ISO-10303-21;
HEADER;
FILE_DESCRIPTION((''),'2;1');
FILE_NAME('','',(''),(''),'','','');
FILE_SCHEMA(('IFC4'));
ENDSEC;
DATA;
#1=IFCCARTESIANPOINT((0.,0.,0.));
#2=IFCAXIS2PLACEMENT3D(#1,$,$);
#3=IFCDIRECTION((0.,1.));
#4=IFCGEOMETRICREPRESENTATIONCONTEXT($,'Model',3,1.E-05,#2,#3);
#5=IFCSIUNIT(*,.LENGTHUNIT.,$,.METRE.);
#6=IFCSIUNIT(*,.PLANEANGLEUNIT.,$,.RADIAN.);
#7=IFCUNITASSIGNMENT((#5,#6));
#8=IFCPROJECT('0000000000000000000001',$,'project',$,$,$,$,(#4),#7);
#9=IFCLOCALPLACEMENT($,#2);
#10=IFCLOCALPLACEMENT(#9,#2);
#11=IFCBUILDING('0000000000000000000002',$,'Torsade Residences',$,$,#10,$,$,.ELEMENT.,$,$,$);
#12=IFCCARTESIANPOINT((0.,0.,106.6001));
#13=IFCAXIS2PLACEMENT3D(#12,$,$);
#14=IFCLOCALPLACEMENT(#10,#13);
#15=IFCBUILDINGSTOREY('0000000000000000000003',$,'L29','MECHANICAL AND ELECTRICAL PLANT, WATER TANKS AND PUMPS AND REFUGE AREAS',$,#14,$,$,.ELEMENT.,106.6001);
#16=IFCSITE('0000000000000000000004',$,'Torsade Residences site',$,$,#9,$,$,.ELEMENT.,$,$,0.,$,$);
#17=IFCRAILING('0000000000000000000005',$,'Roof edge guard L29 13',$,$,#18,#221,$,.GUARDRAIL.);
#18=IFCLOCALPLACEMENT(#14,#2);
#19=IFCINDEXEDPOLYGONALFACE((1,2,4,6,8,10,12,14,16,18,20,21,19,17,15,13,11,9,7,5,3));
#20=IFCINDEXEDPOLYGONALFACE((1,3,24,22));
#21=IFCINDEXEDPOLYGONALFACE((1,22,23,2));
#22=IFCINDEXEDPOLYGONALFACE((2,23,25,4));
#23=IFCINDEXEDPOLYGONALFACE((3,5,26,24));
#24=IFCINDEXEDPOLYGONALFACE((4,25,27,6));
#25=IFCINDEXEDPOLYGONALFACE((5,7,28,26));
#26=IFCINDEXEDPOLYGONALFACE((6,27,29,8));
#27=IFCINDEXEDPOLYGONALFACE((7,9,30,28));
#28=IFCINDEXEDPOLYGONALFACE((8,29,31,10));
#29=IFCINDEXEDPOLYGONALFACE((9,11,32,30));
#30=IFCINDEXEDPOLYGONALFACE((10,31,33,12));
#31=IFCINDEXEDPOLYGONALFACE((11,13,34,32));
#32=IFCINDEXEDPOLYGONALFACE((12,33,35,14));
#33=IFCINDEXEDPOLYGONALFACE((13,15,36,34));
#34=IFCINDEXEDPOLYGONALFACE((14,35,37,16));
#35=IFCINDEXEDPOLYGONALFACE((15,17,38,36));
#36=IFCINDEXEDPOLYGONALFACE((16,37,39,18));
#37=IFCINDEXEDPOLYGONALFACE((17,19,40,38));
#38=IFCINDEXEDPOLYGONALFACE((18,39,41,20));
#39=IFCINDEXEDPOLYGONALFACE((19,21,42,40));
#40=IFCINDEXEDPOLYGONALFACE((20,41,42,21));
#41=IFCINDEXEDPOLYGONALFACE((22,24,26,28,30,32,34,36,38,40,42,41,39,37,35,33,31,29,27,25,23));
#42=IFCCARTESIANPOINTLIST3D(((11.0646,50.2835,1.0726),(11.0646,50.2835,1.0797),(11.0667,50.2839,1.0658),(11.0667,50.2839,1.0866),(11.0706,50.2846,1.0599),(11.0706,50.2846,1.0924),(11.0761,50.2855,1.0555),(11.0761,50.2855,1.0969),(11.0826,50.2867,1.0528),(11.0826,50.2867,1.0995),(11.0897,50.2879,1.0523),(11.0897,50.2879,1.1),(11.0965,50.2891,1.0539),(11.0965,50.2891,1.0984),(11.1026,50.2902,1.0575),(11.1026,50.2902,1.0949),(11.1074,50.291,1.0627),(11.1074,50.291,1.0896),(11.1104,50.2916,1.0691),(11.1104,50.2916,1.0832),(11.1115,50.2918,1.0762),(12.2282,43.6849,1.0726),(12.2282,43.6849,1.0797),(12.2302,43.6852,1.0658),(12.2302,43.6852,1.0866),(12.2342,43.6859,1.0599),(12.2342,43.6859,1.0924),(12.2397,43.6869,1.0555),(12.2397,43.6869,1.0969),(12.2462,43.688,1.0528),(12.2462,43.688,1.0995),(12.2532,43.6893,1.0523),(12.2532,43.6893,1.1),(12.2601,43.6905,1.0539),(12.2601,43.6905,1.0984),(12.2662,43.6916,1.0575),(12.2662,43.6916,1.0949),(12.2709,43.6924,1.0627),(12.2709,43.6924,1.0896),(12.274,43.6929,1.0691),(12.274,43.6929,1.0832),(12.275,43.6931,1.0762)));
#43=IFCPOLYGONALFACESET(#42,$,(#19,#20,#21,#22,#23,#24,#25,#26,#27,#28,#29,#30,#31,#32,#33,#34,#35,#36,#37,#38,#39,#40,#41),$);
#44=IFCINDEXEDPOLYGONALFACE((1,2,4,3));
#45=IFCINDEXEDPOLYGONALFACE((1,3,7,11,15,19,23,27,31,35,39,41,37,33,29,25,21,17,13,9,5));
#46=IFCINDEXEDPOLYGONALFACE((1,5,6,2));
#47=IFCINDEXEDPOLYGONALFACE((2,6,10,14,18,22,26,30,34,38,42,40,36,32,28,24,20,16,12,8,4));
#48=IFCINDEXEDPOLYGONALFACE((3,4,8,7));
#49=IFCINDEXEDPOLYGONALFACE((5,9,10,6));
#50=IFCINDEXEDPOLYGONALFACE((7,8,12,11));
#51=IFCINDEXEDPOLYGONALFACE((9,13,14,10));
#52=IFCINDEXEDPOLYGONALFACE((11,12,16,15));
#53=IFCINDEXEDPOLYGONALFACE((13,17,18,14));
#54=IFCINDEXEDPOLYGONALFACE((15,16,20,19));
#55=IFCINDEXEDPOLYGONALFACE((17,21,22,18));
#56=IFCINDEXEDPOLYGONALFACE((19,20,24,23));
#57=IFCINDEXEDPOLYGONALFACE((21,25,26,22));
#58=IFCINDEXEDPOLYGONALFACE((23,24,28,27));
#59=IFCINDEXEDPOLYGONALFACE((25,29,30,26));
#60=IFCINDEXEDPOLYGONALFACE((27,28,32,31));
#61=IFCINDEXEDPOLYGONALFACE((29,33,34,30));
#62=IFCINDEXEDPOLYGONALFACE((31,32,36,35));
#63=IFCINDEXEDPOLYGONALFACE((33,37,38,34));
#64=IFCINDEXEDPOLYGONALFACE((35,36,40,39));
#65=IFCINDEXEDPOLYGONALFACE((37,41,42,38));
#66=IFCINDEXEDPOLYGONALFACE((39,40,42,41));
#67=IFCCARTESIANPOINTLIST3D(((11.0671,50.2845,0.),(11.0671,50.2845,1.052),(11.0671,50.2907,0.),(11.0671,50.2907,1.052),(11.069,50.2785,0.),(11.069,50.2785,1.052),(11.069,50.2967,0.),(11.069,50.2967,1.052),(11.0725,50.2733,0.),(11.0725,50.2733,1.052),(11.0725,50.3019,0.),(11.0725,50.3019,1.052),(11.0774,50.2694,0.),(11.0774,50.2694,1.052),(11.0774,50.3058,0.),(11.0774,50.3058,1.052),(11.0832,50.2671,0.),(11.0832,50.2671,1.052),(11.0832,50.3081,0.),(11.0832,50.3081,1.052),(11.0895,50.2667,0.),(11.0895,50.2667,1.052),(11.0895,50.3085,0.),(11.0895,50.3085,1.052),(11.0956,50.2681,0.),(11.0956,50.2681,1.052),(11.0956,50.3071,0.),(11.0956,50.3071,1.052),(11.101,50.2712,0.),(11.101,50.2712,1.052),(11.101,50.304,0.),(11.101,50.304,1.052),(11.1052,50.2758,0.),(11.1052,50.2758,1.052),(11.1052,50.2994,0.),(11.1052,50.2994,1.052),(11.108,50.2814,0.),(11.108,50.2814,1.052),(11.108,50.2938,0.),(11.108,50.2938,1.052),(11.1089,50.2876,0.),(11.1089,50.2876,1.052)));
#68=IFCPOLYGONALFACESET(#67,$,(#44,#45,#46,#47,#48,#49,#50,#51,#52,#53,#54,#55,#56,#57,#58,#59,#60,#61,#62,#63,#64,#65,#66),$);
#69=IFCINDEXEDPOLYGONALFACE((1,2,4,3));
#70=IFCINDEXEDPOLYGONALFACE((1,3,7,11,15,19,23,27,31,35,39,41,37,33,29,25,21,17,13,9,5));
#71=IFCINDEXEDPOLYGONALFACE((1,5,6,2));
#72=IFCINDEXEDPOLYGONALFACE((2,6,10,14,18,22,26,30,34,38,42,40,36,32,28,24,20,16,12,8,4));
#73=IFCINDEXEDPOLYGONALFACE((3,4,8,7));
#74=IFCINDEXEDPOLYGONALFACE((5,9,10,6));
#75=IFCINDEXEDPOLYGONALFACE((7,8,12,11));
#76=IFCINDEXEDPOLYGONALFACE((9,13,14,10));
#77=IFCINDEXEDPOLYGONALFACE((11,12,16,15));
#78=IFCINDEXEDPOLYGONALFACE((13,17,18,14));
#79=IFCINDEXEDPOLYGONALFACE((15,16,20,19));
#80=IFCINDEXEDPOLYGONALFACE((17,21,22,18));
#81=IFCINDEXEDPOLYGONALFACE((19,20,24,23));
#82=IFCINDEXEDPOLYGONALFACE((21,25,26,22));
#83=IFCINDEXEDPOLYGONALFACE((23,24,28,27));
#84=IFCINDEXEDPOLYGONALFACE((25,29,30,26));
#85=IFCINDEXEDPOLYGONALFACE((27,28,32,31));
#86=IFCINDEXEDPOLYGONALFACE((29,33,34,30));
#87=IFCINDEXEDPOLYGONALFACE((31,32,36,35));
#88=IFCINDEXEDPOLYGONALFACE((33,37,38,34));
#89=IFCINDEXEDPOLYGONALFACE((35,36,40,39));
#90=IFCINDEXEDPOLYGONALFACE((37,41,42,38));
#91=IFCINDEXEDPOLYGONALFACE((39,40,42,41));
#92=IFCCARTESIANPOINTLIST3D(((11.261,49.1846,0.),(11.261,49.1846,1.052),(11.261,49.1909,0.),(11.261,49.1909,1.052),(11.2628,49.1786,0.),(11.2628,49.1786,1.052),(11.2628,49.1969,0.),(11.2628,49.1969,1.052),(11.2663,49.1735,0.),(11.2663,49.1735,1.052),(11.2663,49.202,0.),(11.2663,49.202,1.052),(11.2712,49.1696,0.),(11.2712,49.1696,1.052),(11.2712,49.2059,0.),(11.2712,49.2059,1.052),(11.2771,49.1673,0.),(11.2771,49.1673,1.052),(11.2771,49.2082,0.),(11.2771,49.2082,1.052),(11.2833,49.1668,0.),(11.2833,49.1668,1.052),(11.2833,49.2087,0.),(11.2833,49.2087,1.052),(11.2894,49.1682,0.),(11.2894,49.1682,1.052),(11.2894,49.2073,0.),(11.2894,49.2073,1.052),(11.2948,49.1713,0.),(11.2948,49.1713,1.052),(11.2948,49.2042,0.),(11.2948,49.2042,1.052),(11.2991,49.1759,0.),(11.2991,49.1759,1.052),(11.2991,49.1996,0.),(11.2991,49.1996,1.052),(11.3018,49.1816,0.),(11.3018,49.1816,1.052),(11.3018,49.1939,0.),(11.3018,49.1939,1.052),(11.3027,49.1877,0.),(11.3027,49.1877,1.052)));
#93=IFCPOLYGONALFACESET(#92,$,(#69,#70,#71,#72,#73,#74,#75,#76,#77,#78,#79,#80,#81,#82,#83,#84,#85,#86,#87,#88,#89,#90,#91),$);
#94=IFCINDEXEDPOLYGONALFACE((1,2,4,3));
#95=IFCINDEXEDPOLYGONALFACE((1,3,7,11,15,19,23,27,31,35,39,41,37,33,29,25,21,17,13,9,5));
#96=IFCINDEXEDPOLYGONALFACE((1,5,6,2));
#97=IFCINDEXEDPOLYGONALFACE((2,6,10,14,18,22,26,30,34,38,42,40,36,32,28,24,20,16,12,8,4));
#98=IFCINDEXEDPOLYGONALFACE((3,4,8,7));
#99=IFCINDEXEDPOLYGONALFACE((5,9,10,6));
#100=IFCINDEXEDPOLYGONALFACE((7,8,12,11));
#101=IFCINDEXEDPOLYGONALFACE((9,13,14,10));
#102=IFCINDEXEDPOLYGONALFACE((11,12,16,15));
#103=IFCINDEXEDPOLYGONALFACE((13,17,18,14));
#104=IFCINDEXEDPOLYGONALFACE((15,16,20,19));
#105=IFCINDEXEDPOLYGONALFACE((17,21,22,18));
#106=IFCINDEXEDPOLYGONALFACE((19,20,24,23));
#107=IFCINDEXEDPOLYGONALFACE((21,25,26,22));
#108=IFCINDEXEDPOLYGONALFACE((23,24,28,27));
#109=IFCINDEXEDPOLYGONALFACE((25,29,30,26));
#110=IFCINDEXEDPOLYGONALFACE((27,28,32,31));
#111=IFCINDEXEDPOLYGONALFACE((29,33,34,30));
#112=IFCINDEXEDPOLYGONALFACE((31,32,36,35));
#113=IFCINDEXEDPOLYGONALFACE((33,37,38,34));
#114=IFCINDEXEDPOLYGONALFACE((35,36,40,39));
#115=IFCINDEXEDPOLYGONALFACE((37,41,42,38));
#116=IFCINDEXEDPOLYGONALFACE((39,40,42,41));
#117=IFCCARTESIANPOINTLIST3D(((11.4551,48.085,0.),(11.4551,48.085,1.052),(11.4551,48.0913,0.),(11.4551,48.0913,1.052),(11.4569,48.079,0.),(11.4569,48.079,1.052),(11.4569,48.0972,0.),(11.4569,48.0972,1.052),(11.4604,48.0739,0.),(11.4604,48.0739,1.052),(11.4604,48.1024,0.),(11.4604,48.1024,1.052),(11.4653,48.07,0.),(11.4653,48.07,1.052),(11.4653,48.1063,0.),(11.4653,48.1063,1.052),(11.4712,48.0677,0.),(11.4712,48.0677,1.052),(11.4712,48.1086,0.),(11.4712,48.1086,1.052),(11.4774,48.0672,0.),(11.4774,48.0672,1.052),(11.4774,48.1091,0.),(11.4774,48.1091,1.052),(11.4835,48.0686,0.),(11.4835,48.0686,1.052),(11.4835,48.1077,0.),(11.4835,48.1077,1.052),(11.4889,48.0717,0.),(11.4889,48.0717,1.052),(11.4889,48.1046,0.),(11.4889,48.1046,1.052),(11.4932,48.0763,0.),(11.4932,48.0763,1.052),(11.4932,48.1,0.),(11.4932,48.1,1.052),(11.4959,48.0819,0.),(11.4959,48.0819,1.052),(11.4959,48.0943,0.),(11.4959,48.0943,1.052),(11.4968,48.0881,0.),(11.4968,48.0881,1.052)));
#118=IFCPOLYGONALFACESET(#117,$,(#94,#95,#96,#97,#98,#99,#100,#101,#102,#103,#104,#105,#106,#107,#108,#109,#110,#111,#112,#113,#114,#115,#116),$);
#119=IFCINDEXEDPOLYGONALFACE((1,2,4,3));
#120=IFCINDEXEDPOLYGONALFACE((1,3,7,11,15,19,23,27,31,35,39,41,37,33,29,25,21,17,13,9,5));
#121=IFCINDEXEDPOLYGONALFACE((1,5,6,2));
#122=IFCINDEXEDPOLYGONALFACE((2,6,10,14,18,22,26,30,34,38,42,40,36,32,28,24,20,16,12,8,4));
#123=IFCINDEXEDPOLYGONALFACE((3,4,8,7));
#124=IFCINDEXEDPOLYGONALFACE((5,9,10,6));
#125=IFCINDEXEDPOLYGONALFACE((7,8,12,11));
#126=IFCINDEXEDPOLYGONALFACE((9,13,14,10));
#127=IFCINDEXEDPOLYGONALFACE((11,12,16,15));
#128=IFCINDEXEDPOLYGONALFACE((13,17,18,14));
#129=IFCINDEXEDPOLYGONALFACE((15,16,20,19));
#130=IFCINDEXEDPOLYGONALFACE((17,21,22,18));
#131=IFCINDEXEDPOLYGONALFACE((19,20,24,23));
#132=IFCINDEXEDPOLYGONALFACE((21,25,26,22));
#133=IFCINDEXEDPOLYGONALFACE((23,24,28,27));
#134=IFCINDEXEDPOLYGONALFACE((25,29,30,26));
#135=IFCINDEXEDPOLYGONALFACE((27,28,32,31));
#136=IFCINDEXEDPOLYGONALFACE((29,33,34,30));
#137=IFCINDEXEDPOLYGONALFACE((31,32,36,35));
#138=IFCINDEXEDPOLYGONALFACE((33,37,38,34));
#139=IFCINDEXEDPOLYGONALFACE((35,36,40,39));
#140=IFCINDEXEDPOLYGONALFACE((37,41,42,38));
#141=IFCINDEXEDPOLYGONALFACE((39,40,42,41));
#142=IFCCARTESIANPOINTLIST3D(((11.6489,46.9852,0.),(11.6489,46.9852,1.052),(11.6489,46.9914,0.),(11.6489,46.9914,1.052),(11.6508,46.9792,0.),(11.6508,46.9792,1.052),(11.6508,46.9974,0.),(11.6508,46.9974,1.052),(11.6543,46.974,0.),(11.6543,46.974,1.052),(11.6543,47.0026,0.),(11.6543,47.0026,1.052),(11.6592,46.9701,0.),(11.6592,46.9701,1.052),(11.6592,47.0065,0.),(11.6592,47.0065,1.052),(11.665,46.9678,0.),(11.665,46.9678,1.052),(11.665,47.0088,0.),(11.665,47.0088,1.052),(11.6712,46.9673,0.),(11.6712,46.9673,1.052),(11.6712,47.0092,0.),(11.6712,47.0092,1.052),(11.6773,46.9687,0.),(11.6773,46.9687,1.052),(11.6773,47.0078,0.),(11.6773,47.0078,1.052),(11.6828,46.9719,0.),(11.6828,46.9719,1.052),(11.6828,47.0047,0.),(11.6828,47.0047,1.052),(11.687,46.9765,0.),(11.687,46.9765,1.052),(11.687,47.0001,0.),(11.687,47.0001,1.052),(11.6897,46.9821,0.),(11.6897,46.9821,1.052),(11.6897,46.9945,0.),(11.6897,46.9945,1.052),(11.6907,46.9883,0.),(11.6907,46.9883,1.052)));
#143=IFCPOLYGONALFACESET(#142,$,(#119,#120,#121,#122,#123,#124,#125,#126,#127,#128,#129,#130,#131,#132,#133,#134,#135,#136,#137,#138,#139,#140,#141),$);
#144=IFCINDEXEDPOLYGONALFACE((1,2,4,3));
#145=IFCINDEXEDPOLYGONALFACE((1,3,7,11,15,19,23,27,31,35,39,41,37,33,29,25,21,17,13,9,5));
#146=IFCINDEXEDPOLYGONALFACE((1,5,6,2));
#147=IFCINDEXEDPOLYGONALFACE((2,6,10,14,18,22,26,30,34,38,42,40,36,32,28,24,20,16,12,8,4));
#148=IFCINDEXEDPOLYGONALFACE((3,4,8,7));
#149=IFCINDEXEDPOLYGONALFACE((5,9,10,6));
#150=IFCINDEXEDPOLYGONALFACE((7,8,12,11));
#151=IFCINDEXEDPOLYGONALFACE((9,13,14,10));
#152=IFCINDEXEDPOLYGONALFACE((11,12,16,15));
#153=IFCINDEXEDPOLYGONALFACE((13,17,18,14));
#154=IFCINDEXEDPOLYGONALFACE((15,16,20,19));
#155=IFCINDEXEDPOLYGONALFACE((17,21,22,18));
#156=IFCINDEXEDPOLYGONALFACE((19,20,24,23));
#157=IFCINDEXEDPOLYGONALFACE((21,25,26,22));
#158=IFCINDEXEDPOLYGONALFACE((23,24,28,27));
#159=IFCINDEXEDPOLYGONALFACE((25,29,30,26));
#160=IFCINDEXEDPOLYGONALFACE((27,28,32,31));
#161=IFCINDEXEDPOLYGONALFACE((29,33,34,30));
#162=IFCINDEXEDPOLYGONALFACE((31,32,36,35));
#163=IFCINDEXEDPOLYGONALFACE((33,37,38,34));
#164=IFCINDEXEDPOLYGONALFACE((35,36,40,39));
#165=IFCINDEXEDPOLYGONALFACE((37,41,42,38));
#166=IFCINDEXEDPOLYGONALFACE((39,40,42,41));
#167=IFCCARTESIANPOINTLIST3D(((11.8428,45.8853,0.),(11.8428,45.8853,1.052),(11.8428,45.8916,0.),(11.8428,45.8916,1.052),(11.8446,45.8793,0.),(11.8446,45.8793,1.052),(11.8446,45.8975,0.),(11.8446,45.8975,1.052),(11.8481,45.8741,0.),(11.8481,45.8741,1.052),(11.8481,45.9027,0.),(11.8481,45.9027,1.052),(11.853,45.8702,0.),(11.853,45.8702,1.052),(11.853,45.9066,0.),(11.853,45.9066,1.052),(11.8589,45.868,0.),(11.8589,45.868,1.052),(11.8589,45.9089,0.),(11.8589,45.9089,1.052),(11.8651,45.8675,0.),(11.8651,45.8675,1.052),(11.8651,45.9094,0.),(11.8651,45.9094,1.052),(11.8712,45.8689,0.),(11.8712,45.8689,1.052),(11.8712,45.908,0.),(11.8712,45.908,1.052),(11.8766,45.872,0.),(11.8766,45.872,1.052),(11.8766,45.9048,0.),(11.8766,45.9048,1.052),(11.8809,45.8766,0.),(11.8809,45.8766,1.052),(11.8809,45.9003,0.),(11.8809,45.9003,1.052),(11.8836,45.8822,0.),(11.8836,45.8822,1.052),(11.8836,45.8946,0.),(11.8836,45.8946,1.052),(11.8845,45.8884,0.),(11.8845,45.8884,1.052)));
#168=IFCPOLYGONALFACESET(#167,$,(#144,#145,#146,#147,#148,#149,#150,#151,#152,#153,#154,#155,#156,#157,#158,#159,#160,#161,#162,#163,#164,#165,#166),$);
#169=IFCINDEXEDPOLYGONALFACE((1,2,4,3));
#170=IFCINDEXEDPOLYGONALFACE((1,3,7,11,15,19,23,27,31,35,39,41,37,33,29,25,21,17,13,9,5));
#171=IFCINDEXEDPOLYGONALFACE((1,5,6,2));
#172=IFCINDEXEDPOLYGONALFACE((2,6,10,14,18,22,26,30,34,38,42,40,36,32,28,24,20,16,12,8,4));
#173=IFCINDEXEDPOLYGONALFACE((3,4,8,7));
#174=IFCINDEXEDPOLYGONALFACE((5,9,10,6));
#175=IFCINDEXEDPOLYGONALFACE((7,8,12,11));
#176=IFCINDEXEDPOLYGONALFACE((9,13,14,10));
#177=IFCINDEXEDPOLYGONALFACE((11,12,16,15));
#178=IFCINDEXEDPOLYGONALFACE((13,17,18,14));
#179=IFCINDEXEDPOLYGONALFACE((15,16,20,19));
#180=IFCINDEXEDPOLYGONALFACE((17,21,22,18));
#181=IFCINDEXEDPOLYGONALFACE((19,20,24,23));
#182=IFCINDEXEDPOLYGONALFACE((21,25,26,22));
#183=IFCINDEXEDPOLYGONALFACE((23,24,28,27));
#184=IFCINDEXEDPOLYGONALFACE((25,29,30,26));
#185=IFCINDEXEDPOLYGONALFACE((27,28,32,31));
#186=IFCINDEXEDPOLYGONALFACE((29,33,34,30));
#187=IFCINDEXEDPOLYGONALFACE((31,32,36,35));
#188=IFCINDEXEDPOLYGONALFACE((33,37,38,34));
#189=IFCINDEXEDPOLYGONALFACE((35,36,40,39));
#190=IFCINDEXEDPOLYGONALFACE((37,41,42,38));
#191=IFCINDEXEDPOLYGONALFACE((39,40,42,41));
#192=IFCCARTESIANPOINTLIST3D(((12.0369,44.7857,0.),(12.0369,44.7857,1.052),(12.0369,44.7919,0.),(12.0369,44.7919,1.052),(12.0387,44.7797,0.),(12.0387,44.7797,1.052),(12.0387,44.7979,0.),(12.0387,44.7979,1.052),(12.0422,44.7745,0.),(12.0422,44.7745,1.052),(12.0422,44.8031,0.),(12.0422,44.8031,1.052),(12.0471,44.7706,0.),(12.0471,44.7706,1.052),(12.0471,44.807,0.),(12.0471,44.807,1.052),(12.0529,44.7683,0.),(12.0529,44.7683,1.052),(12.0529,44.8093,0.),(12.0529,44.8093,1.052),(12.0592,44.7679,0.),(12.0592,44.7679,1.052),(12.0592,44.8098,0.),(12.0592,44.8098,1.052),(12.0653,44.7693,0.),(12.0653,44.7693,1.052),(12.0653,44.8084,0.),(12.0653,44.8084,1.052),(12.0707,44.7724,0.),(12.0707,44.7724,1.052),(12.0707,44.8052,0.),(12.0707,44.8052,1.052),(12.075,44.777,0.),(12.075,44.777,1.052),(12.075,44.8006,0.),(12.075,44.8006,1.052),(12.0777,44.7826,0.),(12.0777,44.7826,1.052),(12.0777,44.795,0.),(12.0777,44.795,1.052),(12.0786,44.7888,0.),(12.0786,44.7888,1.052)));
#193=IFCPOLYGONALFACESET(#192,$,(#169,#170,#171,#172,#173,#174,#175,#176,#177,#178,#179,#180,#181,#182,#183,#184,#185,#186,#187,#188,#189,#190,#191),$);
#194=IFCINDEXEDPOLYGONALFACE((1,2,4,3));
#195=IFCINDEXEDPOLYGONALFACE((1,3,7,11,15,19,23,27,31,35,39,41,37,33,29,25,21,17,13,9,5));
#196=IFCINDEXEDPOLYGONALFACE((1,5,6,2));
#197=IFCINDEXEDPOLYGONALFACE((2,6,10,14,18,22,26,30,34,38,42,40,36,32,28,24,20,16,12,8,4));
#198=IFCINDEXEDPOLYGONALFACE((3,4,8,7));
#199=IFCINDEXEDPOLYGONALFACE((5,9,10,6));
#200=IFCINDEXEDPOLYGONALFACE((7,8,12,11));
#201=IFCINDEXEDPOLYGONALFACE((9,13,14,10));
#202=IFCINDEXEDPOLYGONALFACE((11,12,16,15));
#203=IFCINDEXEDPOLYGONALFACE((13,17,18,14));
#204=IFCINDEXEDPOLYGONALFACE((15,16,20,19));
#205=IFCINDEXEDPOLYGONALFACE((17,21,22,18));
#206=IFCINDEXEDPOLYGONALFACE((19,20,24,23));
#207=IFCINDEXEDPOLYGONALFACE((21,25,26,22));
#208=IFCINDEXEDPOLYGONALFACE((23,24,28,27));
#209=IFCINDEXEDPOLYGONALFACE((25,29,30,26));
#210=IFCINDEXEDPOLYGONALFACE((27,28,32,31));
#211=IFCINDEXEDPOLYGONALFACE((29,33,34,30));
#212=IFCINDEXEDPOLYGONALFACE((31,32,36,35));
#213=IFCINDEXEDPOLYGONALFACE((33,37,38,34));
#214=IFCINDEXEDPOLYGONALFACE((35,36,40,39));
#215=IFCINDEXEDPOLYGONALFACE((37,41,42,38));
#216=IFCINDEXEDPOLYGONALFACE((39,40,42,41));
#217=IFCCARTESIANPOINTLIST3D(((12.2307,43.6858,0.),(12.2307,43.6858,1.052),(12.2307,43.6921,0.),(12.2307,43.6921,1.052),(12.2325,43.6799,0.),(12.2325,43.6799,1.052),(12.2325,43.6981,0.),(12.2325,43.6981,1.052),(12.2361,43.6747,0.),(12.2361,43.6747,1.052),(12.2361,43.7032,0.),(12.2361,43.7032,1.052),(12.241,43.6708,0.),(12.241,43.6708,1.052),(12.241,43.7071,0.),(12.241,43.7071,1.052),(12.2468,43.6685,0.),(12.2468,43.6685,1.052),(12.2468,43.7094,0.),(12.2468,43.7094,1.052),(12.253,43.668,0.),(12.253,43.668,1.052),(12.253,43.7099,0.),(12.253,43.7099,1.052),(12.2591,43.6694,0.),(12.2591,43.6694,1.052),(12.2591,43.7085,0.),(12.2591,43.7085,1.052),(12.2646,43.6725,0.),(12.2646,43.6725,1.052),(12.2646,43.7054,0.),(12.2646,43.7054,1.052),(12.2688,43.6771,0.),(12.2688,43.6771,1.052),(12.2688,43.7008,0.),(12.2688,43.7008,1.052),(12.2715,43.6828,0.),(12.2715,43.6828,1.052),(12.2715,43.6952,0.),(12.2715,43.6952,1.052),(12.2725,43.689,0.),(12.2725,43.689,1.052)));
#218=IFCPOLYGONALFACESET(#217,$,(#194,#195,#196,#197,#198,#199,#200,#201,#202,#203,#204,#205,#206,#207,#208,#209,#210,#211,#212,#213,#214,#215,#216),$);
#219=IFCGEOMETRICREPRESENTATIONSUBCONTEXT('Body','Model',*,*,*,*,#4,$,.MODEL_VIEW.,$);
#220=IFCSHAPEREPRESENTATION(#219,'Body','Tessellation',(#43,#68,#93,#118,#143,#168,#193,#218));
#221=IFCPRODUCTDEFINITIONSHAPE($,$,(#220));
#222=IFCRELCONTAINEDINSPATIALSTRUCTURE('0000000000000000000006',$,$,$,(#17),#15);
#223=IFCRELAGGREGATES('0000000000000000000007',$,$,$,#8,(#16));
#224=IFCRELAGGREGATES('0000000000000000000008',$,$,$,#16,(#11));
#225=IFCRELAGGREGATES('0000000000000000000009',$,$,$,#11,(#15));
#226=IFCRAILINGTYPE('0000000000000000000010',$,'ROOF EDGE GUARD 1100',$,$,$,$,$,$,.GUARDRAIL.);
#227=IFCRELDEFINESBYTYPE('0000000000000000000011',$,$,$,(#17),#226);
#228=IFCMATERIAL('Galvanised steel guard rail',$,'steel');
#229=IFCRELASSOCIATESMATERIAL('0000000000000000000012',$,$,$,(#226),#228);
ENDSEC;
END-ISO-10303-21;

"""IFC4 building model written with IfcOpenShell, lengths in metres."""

from ifc_helpers import new_model, si_unit, direction, frame, origin, origin_2d, place, context, subcontext, project, spatial, circle, extrude, material, type_object, element, save


model = new_model("IFC4")

# Units and contexts
model_context = context("Model", 3, precision=1e-05, world=origin(), true_north=direction((0.0, 1.0)))
body_context = subcontext(model_context, "Body", "Model", "MODEL_VIEW")
ifc_project = project(units=[si_unit("LENGTHUNIT", "METRE"), si_unit("PLANEANGLEUNIT", "RADIAN")], contexts=[model_context])

# Site, building, storey
site_placement = place(None, origin())
site = spatial("IfcSite", under=ifc_project, at=site_placement, Name="Torsade Residences site", CompositionType="ELEMENT", RefElevation=0.0)
building_placement = place(site_placement, origin())
building = spatial("IfcBuilding", under=site, at=building_placement, Name="Torsade Residences", CompositionType="ELEMENT")
storey_placement = place(building_placement, frame((0.0, 0.0, 106.6001)))
storey = spatial("IfcBuildingStorey", under=building, at=storey_placement, Name="L29", Description="MECHANICAL AND ELECTRICAL PLANT, WATER TANKS AND PUMPS AND REFUGE AREAS", CompositionType="ELEMENT", Elevation=106.6001)

# Railing
ifc_material_1 = material(Name="Galvanised steel guard rail", Category="steel")
railing_type = type_object("IfcRailingType", Name="ROOF EDGE GUARD 1100", PredefinedType="GUARDRAIL", material=ifc_material_1)
railing_1_placement = place(storey_placement, frame((11.0879, 50.2876, 0.0)))
element("IfcRailing", 1, at=railing_1_placement, inside=storey, type_object=railing_type, Name="Roof edge guard L29 13", PredefinedType="GUARDRAIL", context=body_context, shape_type="SweptSolid", body=[
    extrude(circle(Radius=0.0239, at=origin_2d()), frame((0.0, 0.0, 1.0762), z_axis=(0.173656, -0.984806, 0.0), x_axis=(0.984806, 0.173656, 0.0)), (0.0, 0.0, 1.0), 6.7004),
    extrude(circle(Radius=0.021, at=origin_2d()), origin(), (0.0, 0.0, 1.0), 1.052),
    extrude(circle(Radius=0.021, at=origin_2d()), frame((0.1938, -1.0999, 0.0)), (0.0, 0.0, 1.0), 1.052),
    extrude(circle(Radius=0.021, at=origin_2d()), frame((0.3879, -2.1995, 0.0)), (0.0, 0.0, 1.0), 1.052),
    extrude(circle(Radius=0.021, at=origin_2d()), frame((0.5818, -3.2993, 0.0)), (0.0, 0.0, 1.0), 1.052),
    extrude(circle(Radius=0.021, at=origin_2d()), frame((0.7756, -4.3992, 0.0)), (0.0, 0.0, 1.0), 1.052),
    extrude(circle(Radius=0.021, at=origin_2d()), frame((0.9697, -5.4988, 0.0)), (0.0, 0.0, 1.0), 1.052),
    extrude(circle(Radius=0.021, at=origin_2d()), frame((1.1636, -6.5986, 0.0)), (0.0, 0.0, 1.0), 1.052),
])

save(model, "model.ifc")
